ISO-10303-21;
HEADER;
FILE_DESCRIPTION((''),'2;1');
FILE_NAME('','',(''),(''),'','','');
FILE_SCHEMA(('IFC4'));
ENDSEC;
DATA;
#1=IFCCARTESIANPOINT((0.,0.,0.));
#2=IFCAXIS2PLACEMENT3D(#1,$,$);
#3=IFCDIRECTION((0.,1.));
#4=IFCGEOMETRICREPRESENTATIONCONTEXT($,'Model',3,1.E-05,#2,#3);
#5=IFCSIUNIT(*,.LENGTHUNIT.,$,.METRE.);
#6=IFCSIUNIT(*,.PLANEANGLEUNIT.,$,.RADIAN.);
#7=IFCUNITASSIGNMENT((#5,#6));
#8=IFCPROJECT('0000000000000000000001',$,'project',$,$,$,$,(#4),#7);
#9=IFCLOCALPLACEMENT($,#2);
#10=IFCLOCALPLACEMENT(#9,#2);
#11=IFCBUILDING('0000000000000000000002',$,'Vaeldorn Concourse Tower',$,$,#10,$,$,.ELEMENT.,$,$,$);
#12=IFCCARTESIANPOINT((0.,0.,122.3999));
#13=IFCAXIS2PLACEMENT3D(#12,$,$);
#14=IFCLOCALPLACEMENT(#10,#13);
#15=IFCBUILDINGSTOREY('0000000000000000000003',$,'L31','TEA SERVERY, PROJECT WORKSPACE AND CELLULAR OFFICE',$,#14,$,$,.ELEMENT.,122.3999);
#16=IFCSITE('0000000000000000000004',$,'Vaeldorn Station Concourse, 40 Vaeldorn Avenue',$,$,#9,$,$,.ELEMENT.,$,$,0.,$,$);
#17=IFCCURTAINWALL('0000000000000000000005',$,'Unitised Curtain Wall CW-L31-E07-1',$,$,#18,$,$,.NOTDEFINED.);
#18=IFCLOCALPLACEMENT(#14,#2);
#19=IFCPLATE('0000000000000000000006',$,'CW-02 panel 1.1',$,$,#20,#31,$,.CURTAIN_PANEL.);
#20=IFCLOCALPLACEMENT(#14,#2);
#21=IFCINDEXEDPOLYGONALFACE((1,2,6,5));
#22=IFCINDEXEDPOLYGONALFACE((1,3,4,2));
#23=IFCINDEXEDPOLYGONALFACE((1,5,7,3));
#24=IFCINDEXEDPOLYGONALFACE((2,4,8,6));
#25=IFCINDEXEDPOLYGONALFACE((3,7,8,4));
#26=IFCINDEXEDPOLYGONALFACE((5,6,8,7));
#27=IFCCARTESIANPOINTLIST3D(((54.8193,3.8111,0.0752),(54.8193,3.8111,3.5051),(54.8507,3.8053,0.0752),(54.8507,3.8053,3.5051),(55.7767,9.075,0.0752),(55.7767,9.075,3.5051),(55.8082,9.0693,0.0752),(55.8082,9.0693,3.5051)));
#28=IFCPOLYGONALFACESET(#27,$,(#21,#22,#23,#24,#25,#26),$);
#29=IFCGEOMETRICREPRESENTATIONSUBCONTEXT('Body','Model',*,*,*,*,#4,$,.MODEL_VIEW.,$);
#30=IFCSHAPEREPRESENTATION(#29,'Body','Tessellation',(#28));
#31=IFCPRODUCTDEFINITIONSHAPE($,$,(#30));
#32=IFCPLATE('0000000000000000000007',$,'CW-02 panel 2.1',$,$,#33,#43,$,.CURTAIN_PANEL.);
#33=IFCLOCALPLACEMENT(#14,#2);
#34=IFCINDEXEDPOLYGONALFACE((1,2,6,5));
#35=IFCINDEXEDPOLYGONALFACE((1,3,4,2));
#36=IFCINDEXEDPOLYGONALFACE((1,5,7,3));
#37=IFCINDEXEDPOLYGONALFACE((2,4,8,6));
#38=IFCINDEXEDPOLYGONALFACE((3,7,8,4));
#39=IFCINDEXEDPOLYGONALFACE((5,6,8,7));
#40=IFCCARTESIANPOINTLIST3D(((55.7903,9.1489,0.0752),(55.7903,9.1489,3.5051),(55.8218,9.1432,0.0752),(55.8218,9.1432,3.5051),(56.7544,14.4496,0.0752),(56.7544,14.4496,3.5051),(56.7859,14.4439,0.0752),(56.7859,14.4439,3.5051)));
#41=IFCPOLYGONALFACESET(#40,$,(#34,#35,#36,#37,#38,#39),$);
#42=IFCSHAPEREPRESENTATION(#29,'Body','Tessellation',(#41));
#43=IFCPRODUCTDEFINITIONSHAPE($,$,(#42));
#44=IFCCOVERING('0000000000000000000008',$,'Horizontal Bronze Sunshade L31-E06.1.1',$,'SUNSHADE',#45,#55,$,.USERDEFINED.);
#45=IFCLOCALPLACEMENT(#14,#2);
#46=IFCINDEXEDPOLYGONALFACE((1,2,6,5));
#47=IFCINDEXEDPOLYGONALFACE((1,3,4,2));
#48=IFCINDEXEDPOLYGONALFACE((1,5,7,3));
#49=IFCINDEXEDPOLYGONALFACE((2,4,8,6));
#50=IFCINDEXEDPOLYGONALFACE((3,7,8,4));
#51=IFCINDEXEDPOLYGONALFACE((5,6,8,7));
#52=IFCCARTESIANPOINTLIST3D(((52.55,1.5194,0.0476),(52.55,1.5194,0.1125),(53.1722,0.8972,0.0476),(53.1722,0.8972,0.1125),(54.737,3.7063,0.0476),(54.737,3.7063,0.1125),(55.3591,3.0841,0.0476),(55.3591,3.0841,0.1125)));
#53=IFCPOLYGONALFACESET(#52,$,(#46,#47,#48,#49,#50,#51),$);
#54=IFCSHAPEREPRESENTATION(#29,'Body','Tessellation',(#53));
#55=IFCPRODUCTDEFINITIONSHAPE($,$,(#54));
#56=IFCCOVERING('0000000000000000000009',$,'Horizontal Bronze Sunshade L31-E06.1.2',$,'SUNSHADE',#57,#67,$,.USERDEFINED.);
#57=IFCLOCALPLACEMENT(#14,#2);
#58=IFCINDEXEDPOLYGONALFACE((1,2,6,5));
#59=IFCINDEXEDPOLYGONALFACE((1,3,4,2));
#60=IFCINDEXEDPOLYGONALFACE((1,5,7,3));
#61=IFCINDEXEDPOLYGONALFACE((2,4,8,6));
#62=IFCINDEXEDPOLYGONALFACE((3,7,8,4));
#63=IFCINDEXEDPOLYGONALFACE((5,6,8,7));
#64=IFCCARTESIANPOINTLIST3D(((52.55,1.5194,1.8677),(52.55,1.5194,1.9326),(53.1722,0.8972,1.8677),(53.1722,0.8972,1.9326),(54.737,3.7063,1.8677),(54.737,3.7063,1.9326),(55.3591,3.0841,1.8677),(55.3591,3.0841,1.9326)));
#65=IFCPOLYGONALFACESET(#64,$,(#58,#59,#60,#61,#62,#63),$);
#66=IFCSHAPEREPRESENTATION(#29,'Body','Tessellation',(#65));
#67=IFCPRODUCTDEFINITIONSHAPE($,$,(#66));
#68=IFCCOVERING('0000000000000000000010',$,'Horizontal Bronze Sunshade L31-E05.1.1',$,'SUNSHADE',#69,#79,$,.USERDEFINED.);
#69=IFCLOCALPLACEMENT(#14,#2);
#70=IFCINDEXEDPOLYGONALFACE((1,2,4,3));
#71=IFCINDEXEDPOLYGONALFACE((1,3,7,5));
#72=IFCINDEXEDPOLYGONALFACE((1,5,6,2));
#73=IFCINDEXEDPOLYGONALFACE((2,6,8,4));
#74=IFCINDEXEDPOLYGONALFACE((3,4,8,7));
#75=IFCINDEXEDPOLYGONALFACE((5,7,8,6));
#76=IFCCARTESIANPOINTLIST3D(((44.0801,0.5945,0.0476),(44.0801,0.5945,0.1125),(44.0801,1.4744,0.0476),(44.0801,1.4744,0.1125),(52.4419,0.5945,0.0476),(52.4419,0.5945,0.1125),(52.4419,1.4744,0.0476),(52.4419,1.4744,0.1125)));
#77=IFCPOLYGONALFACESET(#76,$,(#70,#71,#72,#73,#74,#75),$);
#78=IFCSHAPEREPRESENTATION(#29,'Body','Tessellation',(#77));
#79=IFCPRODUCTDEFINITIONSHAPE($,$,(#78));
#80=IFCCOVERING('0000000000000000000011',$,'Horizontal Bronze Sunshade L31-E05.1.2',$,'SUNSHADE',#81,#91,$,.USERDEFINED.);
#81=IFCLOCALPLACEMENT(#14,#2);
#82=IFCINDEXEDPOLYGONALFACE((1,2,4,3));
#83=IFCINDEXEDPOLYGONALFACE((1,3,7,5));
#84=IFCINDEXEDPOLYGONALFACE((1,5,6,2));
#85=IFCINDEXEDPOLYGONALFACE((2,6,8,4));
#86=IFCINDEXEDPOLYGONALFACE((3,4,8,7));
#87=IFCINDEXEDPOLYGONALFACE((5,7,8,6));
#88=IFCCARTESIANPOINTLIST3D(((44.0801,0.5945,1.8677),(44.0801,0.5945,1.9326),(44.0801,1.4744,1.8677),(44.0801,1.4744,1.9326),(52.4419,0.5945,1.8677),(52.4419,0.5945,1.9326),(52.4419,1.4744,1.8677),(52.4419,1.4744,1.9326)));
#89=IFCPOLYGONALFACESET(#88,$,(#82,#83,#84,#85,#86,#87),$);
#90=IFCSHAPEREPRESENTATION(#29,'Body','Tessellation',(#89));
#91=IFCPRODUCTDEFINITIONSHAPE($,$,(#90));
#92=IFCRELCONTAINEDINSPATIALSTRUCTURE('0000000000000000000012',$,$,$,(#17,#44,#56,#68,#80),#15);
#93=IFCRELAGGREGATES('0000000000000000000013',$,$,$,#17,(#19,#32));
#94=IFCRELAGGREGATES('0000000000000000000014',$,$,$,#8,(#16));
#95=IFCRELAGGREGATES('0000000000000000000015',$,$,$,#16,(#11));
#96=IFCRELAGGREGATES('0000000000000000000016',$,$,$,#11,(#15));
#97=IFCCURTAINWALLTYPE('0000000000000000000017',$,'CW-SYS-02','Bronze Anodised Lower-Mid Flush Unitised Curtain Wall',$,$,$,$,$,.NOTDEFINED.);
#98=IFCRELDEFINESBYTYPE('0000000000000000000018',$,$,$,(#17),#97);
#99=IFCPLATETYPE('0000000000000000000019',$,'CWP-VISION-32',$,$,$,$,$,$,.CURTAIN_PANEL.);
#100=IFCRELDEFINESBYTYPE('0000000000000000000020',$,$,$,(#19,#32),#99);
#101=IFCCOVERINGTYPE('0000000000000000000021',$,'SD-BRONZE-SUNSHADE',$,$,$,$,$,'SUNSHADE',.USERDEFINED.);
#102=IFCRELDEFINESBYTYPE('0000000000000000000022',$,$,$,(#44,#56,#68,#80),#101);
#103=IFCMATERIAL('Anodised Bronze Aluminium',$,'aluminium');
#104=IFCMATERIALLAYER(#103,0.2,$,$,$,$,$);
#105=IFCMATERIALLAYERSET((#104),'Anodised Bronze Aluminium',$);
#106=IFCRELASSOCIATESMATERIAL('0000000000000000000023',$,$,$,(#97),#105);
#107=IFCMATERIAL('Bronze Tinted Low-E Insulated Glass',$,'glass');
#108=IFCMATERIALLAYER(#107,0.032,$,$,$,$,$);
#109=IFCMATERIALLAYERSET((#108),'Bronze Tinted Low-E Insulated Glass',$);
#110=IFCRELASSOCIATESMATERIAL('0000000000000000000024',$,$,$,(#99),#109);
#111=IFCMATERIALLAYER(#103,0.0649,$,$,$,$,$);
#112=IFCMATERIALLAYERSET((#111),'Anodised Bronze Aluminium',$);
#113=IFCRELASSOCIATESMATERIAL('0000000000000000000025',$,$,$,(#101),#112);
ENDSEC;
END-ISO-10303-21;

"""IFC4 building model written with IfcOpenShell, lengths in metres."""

from ifc_helpers import new_model, si_unit, direction, frame, origin, origin_2d, place, context, subcontext, project, spatial, rectangle, extrude, source, transform, mapped, material, layer, layer_set, type_object, element, aggregate, save


model = new_model("IFC4")

# Units and contexts
model_context = context("Model", 3, precision=1e-05, world=origin(), true_north=direction((0.0, 1.0)))
body_context = subcontext(model_context, "Body", "Model", "MODEL_VIEW")
ifc_project = project(units=[si_unit("LENGTHUNIT", "METRE"), si_unit("PLANEANGLEUNIT", "RADIAN")], contexts=[model_context])

# Site, building, storey
site_placement = place(None, origin())
site = spatial("IfcSite", under=ifc_project, at=site_placement, Name="Vaeldorn Station Concourse, 40 Vaeldorn Avenue", CompositionType="ELEMENT", RefElevation=0.0)
building_placement = place(site_placement, origin())
building = spatial("IfcBuilding", under=site, at=building_placement, Name="Vaeldorn Concourse Tower", CompositionType="ELEMENT")
storey_placement = place(building_placement, frame((0.0, 0.0, 122.3999)))
storey = spatial("IfcBuildingStorey", under=building, at=storey_placement, Name="L31", Description="TEA SERVERY, PROJECT WORKSPACE AND CELLULAR OFFICE", CompositionType="ELEMENT", Elevation=122.3999)

# Shared definitions
ifc_material_1 = material(Name="Anodised Bronze Aluminium", Category="aluminium")
ifc_layer_1 = layer(ifc_material_1, 0.2)
ifc_layer_set_1 = layer_set([ifc_layer_1], Name="Anodised Bronze Aluminium")
curtain_wall_type = type_object("IfcCurtainWallType", Name="CW-SYS-02", Description="Bronze Anodised Lower-Mid Flush Unitised Curtain Wall", PredefinedType="NOTDEFINED", material=ifc_layer_set_1)

# Curtain wall
curtain_wall_1_placement = place(storey_placement, origin())
curtain_wall_1 = element("IfcCurtainWall", 1, at=curtain_wall_1_placement, inside=storey, type_object=curtain_wall_type, Name="Unitised Curtain Wall CW-L31-E07-1", PredefinedType="NOTDEFINED")

# Plates
ifc_material_2 = material(Name="Bronze Tinted Low-E Insulated Glass", Category="glass")
ifc_layer_2 = layer(ifc_material_2, 0.032)
ifc_layer_set_2 = layer_set([ifc_layer_2], Name="Bronze Tinted Low-E Insulated Glass")
plate_type = type_object("IfcPlateType", Name="CWP-VISION-32", PredefinedType="CURTAIN_PANEL", material=ifc_layer_set_2)
shared_shape_1 = source(origin(), body_context, "Body", "SweptSolid", [
    extrude(rectangle(XDim=5.3503, YDim=0.032, at=origin_2d()), origin(), (0.0, 0.0, 1.0), 3.4299),
])
plate_1_placement = place(storey_placement, frame((55.3137, 6.4402, 0.0752), z_axis=(0.0, 0.0, 1.0), x_axis=(0.178945, 0.983859, 0.0)))
plate_1 = element("IfcPlate", 2, at=plate_1_placement, type_object=plate_type, Name="CW-02 panel 1.1", PredefinedType="CURTAIN_PANEL", context=body_context, shape_type="MappedRepresentation", body=[
    mapped(shared_shape_1, transform((0.0, 0.0, 0.0), scale=1.0)),
])
shared_shape_2 = source(origin(), body_context, "Body", "SweptSolid", [
    extrude(rectangle(XDim=5.3877, YDim=0.032, at=origin_2d()), origin(), (0.0, 0.0, 1.0), 3.4299),
])
plate_2_placement = place(storey_placement, frame((56.2881, 11.7964, 0.0752), z_axis=(0.0, 0.0, 1.0), x_axis=(0.178945, 0.983859, 0.0)))
plate_2 = element("IfcPlate", 3, at=plate_2_placement, type_object=plate_type, Name="CW-02 panel 2.1", PredefinedType="CURTAIN_PANEL", context=body_context, shape_type="MappedRepresentation", body=[
    mapped(shared_shape_2, transform((0.0, 0.0, 0.0), scale=1.0)),
])
aggregate(curtain_wall_1, [plate_1, plate_2])

# Coverings
ifc_layer_3 = layer(ifc_material_1, 0.0649)
ifc_layer_set_3 = layer_set([ifc_layer_3], Name="Anodised Bronze Aluminium")
covering_type = type_object("IfcCoveringType", Name="SD-BRONZE-SUNSHADE", ElementType="SUNSHADE", PredefinedType="USERDEFINED", material=ifc_layer_set_3)
shared_shape_3 = source(origin(), body_context, "Body", "SweptSolid", [
    extrude(rectangle(XDim=3.0928, YDim=0.8799, at=origin_2d()), origin(), (0.0, 0.0, 1.0), 0.0649),
])
for number, where, z_axis, x_axis, name in (
    (4, (53.9546, 2.3018, 0.0476), (0.0, 0.0, 1.0), (0.707107, 0.707107, 0.0), "Horizontal Bronze Sunshade L31-E06.1.1"),
    (5, (53.9546, 2.3018, 1.8677), (0.0, 0.0, 1.0), (0.707107, 0.707107, 0.0), "Horizontal Bronze Sunshade L31-E06.1.2"),
):
    element("IfcCovering", number, at=place(storey_placement, frame(where, z_axis=z_axis, x_axis=x_axis)), inside=storey, type_object=covering_type, Name=name, ObjectType="SUNSHADE", PredefinedType="USERDEFINED", context=body_context, shape_type="MappedRepresentation", body=[
        mapped(shared_shape_3, transform((0.0, 0.0, 0.0), scale=1.0)),
    ])
shared_shape_4 = source(origin(), body_context, "Body", "SweptSolid", [
    extrude(rectangle(XDim=8.3618, YDim=0.8799, at=origin_2d()), origin(), (0.0, 0.0, 1.0), 0.0649),
])
for number, where, z_axis, x_axis, name in (
    (6, (48.261, 1.0344, 0.0476), (0.0, 0.0, 1.0), (1.0, 0.0, 0.0), "Horizontal Bronze Sunshade L31-E05.1.1"),
    (7, (48.261, 1.0344, 1.8677), (0.0, 0.0, 1.0), (1.0, 0.0, 0.0), "Horizontal Bronze Sunshade L31-E05.1.2"),
):
    element("IfcCovering", number, at=place(storey_placement, frame(where, z_axis=z_axis, x_axis=x_axis)), inside=storey, type_object=covering_type, Name=name, ObjectType="SUNSHADE", PredefinedType="USERDEFINED", context=body_context, shape_type="MappedRepresentation", body=[
        mapped(shared_shape_4, transform((0.0, 0.0, 0.0), scale=1.0)),
    ])

save(model, "model.ifc")
